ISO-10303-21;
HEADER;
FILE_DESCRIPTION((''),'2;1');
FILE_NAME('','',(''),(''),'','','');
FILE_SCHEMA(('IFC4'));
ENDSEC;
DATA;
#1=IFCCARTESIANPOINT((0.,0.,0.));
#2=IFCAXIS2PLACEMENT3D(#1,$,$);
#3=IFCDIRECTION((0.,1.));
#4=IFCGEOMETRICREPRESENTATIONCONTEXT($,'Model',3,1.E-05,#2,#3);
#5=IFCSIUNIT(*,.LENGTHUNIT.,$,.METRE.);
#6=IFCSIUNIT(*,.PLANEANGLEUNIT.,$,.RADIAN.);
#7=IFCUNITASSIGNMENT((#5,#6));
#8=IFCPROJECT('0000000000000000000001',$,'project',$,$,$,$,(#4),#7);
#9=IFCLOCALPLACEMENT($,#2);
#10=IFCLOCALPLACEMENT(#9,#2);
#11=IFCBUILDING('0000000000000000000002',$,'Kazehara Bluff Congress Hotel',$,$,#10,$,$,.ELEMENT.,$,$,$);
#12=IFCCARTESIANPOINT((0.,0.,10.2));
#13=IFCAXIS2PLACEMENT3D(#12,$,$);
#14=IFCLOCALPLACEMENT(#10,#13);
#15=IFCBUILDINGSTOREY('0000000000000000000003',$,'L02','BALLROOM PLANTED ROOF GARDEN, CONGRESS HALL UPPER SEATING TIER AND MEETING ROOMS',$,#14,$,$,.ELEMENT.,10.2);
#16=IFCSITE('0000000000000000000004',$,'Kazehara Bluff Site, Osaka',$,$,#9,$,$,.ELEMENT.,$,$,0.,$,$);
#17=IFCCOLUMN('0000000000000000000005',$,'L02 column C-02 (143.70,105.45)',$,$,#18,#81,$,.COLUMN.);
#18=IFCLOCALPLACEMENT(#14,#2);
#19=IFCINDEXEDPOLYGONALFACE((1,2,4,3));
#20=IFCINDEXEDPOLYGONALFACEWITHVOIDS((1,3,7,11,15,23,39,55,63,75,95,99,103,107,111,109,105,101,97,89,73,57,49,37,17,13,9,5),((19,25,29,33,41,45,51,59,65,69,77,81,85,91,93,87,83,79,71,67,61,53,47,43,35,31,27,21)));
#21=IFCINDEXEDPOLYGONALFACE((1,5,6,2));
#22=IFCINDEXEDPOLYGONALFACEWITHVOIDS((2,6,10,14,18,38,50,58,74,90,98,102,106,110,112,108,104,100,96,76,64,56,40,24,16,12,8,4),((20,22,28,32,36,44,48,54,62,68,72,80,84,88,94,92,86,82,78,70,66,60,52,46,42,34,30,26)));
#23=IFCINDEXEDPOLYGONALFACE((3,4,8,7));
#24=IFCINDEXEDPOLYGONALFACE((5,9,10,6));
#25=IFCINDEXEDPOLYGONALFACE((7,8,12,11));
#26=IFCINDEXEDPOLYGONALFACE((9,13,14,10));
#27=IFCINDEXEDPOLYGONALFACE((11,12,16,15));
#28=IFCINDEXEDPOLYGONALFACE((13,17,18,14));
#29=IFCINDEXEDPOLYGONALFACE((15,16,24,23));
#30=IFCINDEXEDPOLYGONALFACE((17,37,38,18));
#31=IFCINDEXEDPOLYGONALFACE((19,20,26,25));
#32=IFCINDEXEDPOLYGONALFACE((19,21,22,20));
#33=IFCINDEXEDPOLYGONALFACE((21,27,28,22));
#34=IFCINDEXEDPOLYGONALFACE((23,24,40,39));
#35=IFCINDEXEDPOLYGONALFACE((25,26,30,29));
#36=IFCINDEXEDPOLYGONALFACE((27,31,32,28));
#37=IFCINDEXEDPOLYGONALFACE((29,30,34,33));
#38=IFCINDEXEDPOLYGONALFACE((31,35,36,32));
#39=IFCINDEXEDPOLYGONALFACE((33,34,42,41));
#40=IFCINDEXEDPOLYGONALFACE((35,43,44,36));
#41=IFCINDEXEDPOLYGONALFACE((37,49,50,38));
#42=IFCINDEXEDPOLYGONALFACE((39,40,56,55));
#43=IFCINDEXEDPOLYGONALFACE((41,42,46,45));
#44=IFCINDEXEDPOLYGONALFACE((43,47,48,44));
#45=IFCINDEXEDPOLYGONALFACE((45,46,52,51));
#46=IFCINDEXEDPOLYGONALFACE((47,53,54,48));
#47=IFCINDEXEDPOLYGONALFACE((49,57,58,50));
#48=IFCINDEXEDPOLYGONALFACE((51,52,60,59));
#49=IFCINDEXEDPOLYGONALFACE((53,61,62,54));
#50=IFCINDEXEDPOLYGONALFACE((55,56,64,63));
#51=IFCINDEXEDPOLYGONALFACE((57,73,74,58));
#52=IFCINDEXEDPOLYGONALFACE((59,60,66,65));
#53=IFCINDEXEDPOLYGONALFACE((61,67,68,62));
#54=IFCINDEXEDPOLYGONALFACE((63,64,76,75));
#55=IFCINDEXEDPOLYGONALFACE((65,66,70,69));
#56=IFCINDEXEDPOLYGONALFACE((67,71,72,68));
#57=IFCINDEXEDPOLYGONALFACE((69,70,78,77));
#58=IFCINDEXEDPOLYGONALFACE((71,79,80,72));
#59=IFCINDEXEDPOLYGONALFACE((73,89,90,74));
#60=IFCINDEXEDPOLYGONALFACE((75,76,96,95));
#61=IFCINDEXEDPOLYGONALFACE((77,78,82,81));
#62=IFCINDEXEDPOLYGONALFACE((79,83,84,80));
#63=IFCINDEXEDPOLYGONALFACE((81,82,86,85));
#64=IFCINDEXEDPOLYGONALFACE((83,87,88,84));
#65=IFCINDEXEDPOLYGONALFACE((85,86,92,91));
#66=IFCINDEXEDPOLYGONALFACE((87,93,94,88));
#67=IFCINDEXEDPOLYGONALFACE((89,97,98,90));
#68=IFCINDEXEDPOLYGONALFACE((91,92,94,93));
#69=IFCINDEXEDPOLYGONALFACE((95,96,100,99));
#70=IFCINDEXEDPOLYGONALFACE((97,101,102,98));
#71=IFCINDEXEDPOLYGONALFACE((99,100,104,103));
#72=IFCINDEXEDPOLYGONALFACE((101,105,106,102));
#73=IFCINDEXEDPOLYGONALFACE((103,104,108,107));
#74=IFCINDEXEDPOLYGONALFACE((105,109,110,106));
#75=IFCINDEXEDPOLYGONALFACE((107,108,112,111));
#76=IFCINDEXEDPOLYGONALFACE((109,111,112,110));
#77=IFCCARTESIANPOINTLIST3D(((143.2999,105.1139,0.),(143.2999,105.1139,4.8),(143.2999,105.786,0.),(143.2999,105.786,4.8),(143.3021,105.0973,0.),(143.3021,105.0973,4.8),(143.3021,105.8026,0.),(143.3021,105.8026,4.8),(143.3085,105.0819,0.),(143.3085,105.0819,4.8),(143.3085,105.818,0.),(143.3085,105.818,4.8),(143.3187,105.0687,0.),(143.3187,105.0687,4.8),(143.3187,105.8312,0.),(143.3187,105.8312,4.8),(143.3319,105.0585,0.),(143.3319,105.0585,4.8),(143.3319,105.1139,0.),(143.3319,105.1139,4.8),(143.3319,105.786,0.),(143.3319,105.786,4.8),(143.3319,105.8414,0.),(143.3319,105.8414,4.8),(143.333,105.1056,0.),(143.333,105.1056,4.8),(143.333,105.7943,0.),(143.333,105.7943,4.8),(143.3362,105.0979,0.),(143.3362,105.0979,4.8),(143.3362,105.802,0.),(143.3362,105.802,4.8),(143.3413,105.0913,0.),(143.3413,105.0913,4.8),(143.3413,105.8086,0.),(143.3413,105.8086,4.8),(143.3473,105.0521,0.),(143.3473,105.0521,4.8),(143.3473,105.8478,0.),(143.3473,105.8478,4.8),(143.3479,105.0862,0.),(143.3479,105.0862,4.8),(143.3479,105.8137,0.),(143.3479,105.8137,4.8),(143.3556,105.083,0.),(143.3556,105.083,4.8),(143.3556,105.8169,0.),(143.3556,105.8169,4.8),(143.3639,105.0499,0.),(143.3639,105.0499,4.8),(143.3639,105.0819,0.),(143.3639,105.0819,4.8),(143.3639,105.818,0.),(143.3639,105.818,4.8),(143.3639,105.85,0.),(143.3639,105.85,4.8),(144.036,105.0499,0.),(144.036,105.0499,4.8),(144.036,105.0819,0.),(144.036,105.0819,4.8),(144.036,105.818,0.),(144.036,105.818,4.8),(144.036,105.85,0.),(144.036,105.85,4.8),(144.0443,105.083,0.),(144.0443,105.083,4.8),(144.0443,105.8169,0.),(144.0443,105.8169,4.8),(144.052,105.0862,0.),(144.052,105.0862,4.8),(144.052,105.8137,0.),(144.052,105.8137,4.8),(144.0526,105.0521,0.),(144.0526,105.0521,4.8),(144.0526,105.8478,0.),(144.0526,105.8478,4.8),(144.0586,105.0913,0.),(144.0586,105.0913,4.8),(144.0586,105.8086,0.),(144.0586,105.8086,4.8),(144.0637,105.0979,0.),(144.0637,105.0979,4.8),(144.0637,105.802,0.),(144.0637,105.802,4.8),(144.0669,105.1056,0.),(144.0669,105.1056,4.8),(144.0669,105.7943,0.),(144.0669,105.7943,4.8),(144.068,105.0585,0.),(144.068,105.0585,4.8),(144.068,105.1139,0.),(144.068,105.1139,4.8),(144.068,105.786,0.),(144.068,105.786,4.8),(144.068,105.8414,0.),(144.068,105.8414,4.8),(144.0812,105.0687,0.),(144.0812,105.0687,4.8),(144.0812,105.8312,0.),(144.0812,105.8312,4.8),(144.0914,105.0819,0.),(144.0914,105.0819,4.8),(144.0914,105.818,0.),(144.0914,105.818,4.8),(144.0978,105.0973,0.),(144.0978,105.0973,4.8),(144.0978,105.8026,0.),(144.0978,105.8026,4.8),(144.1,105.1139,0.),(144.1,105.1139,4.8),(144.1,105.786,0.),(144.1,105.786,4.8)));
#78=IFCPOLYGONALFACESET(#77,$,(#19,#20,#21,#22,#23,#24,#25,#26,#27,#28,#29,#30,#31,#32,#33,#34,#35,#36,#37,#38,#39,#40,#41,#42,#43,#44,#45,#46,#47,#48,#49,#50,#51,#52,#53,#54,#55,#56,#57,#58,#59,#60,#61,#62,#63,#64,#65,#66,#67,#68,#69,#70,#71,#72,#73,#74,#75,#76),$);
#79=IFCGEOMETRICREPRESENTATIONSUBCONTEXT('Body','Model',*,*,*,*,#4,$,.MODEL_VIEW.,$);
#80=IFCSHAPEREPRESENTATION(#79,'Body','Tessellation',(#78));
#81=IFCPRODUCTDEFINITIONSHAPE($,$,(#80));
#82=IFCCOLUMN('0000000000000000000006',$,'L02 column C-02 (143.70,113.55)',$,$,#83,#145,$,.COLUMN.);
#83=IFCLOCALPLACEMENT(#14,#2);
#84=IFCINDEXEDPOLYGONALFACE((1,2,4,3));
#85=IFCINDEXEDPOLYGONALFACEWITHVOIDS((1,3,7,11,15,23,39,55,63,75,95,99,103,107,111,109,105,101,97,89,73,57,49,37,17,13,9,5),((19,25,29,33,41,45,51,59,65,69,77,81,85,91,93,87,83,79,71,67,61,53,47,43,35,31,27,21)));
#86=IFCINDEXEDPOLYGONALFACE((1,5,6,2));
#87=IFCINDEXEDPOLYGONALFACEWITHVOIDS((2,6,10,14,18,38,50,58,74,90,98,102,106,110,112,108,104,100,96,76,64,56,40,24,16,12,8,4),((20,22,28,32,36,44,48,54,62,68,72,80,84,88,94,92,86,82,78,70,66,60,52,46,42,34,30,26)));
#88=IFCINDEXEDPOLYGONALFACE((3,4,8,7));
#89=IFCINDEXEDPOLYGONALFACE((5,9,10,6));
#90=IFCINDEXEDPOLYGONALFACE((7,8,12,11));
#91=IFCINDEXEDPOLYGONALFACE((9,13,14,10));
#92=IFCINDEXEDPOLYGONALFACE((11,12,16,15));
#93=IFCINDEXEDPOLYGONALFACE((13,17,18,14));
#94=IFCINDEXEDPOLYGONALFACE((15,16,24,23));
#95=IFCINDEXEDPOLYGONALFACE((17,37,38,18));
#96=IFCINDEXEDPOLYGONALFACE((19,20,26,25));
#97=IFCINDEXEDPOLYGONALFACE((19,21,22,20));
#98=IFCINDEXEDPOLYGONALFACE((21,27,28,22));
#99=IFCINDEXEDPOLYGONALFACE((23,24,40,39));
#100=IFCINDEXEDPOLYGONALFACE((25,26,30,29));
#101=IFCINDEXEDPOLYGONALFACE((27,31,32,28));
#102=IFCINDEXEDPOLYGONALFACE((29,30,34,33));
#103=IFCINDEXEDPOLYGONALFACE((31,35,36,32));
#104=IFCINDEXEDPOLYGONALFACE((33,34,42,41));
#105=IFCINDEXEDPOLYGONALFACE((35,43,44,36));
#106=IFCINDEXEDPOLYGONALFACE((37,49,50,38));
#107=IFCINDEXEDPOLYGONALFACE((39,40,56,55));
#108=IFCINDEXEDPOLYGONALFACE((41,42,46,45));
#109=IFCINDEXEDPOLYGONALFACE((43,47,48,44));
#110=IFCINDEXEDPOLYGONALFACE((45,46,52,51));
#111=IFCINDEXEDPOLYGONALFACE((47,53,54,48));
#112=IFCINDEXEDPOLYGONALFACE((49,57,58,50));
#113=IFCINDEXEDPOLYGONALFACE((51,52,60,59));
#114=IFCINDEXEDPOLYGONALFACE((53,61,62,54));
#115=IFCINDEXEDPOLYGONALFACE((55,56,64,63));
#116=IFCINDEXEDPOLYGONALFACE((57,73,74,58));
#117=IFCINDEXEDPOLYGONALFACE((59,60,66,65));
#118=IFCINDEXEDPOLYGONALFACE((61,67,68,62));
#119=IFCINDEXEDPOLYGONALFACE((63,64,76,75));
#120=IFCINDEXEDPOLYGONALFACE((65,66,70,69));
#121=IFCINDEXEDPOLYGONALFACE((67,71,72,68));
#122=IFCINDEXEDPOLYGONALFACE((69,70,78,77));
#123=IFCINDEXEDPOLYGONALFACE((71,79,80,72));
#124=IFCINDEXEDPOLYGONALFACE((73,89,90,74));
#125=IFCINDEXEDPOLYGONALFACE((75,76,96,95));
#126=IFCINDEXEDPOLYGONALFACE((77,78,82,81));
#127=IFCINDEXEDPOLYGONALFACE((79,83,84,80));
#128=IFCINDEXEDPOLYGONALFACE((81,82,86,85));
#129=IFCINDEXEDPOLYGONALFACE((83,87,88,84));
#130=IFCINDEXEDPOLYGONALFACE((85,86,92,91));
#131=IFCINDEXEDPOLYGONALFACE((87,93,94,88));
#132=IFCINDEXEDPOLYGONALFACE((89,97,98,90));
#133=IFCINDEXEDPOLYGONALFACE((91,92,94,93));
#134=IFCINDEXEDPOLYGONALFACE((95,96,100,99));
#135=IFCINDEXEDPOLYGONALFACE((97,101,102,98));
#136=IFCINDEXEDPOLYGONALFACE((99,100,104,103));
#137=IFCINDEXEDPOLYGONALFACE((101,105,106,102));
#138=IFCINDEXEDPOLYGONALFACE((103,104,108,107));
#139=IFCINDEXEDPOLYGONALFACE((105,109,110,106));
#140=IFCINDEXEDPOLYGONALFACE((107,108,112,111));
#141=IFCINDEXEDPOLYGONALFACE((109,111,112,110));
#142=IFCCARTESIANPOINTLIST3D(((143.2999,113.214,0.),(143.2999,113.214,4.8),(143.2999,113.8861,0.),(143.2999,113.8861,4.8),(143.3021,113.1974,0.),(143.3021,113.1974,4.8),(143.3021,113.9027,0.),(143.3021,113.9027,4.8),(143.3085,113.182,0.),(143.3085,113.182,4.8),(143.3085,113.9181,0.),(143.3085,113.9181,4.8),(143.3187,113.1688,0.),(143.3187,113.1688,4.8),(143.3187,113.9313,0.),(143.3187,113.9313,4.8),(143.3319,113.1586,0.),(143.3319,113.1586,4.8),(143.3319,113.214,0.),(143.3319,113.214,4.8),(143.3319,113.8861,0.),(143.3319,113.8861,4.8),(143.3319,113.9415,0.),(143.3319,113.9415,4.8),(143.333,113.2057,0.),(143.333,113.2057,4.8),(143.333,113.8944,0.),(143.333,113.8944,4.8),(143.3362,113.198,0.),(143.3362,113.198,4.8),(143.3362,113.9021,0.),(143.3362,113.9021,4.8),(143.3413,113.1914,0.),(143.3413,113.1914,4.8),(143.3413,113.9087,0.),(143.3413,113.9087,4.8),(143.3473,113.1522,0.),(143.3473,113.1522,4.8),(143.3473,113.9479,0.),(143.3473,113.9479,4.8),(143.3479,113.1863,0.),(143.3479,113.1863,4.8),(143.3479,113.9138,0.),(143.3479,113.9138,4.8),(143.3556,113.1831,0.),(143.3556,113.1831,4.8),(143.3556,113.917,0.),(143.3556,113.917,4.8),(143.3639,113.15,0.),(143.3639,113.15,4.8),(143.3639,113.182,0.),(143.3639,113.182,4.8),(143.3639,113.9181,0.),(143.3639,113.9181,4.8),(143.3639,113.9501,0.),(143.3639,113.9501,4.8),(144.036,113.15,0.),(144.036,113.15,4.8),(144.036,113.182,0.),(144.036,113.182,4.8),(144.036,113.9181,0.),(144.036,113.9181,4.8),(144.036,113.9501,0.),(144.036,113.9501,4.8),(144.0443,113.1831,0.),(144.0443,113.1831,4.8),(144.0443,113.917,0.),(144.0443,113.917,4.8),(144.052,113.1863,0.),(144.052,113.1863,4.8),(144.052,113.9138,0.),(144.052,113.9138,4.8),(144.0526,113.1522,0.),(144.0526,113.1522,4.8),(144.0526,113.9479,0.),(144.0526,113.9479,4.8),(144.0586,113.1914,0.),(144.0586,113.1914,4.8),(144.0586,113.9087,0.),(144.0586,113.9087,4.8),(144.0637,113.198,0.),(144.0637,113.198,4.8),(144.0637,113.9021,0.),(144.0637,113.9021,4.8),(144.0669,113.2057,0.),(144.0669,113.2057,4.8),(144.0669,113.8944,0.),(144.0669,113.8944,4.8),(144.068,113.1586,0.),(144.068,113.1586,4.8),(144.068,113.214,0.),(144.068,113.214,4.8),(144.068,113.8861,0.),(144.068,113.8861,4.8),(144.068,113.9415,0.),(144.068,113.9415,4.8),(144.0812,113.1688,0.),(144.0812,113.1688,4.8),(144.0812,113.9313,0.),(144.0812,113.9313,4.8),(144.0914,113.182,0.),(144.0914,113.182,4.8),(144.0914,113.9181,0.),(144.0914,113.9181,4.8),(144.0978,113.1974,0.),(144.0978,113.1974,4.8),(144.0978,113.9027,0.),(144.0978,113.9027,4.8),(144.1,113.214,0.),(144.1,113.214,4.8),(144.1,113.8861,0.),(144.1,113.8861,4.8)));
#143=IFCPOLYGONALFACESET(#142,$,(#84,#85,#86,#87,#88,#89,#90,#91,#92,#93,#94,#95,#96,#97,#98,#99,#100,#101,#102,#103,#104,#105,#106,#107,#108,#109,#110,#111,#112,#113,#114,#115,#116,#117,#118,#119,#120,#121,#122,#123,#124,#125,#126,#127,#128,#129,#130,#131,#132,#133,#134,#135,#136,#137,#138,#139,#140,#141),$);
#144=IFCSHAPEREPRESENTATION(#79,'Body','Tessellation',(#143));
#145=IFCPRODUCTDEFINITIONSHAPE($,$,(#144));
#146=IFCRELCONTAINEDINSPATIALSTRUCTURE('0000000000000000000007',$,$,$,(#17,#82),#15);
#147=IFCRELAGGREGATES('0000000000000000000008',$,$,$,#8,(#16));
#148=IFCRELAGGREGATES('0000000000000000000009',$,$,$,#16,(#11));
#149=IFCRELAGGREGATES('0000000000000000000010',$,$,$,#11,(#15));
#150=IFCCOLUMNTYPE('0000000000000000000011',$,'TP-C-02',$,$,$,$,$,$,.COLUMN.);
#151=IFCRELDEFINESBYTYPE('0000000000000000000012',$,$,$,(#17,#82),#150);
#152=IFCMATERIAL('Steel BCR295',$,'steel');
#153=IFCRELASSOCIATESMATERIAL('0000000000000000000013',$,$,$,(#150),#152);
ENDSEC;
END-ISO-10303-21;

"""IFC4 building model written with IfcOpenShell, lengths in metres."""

from ifc_helpers import new_model, si_unit, direction, frame, origin, origin_2d, place, context, subcontext, project, spatial, hollow_rectangle, extrude, material, material_profile, profile_set, type_object, element, save


model = new_model("IFC4")

# Units and contexts
model_context = context("Model", 3, precision=1e-05, world=origin(), true_north=direction((0.0, 1.0)))
body_context = subcontext(model_context, "Body", "Model", "MODEL_VIEW")
ifc_project = project(units=[si_unit("LENGTHUNIT", "METRE"), si_unit("PLANEANGLEUNIT", "RADIAN")], contexts=[model_context])

# Site, building, storey
site_placement = place(None, origin())
site = spatial("IfcSite", under=ifc_project, at=site_placement, Name="Kazehara Bluff Site, Osaka", CompositionType="ELEMENT", RefElevation=0.0)
building_placement = place(site_placement, origin())
building = spatial("IfcBuilding", under=site, at=building_placement, Name="Kazehara Bluff Congress Hotel", CompositionType="ELEMENT")
storey_placement = place(building_placement, frame((0.0, 0.0, 10.2)))
storey = spatial("IfcBuildingStorey", under=building, at=storey_placement, Name="L02", Description="BALLROOM PLANTED ROOF GARDEN, CONGRESS HALL UPPER SEATING TIER AND MEETING ROOMS", CompositionType="ELEMENT", Elevation=10.2)

# Columns
ifc_material_1 = material(Name="Steel BCR295", Category="steel")
ifc_material_profile_1 = material_profile(ifc_material_1, hollow_rectangle(XDim=0.8, YDim=0.8, WallThickness=0.032, InnerFilletRadius=0.032, OuterFilletRadius=0.064, at=origin_2d()))
ifc_profile_set_1 = profile_set([ifc_material_profile_1], Name="Steel BCR295")
column_type = type_object("IfcColumnType", Name="TP-C-02", PredefinedType="COLUMN", material=ifc_profile_set_1)
for number, where, z_axis, x_axis, name in (
    (1, (143.7, 105.45, 0.0), (0.0, 0.0, 1.0), (1.0, 0.0, 0.0), "L02 column C-02 (143.70,105.45)"),
    (2, (143.7, 113.55, 0.0), (0.0, 0.0, 1.0), (1.0, 0.0, 0.0), "L02 column C-02 (143.70,113.55)"),
):
    element("IfcColumn", number, at=place(storey_placement, frame(where, z_axis=z_axis, x_axis=x_axis)), inside=storey, type_object=column_type, Name=name, PredefinedType="COLUMN", context=body_context, shape_type="SweptSolid", body=[
        extrude(hollow_rectangle(XDim=0.8, YDim=0.8, WallThickness=0.032, InnerFilletRadius=0.032, OuterFilletRadius=0.064, at=origin_2d()), origin(), (0.0, 0.0, 1.0), 4.8),
    ])

save(model, "model.ifc")
